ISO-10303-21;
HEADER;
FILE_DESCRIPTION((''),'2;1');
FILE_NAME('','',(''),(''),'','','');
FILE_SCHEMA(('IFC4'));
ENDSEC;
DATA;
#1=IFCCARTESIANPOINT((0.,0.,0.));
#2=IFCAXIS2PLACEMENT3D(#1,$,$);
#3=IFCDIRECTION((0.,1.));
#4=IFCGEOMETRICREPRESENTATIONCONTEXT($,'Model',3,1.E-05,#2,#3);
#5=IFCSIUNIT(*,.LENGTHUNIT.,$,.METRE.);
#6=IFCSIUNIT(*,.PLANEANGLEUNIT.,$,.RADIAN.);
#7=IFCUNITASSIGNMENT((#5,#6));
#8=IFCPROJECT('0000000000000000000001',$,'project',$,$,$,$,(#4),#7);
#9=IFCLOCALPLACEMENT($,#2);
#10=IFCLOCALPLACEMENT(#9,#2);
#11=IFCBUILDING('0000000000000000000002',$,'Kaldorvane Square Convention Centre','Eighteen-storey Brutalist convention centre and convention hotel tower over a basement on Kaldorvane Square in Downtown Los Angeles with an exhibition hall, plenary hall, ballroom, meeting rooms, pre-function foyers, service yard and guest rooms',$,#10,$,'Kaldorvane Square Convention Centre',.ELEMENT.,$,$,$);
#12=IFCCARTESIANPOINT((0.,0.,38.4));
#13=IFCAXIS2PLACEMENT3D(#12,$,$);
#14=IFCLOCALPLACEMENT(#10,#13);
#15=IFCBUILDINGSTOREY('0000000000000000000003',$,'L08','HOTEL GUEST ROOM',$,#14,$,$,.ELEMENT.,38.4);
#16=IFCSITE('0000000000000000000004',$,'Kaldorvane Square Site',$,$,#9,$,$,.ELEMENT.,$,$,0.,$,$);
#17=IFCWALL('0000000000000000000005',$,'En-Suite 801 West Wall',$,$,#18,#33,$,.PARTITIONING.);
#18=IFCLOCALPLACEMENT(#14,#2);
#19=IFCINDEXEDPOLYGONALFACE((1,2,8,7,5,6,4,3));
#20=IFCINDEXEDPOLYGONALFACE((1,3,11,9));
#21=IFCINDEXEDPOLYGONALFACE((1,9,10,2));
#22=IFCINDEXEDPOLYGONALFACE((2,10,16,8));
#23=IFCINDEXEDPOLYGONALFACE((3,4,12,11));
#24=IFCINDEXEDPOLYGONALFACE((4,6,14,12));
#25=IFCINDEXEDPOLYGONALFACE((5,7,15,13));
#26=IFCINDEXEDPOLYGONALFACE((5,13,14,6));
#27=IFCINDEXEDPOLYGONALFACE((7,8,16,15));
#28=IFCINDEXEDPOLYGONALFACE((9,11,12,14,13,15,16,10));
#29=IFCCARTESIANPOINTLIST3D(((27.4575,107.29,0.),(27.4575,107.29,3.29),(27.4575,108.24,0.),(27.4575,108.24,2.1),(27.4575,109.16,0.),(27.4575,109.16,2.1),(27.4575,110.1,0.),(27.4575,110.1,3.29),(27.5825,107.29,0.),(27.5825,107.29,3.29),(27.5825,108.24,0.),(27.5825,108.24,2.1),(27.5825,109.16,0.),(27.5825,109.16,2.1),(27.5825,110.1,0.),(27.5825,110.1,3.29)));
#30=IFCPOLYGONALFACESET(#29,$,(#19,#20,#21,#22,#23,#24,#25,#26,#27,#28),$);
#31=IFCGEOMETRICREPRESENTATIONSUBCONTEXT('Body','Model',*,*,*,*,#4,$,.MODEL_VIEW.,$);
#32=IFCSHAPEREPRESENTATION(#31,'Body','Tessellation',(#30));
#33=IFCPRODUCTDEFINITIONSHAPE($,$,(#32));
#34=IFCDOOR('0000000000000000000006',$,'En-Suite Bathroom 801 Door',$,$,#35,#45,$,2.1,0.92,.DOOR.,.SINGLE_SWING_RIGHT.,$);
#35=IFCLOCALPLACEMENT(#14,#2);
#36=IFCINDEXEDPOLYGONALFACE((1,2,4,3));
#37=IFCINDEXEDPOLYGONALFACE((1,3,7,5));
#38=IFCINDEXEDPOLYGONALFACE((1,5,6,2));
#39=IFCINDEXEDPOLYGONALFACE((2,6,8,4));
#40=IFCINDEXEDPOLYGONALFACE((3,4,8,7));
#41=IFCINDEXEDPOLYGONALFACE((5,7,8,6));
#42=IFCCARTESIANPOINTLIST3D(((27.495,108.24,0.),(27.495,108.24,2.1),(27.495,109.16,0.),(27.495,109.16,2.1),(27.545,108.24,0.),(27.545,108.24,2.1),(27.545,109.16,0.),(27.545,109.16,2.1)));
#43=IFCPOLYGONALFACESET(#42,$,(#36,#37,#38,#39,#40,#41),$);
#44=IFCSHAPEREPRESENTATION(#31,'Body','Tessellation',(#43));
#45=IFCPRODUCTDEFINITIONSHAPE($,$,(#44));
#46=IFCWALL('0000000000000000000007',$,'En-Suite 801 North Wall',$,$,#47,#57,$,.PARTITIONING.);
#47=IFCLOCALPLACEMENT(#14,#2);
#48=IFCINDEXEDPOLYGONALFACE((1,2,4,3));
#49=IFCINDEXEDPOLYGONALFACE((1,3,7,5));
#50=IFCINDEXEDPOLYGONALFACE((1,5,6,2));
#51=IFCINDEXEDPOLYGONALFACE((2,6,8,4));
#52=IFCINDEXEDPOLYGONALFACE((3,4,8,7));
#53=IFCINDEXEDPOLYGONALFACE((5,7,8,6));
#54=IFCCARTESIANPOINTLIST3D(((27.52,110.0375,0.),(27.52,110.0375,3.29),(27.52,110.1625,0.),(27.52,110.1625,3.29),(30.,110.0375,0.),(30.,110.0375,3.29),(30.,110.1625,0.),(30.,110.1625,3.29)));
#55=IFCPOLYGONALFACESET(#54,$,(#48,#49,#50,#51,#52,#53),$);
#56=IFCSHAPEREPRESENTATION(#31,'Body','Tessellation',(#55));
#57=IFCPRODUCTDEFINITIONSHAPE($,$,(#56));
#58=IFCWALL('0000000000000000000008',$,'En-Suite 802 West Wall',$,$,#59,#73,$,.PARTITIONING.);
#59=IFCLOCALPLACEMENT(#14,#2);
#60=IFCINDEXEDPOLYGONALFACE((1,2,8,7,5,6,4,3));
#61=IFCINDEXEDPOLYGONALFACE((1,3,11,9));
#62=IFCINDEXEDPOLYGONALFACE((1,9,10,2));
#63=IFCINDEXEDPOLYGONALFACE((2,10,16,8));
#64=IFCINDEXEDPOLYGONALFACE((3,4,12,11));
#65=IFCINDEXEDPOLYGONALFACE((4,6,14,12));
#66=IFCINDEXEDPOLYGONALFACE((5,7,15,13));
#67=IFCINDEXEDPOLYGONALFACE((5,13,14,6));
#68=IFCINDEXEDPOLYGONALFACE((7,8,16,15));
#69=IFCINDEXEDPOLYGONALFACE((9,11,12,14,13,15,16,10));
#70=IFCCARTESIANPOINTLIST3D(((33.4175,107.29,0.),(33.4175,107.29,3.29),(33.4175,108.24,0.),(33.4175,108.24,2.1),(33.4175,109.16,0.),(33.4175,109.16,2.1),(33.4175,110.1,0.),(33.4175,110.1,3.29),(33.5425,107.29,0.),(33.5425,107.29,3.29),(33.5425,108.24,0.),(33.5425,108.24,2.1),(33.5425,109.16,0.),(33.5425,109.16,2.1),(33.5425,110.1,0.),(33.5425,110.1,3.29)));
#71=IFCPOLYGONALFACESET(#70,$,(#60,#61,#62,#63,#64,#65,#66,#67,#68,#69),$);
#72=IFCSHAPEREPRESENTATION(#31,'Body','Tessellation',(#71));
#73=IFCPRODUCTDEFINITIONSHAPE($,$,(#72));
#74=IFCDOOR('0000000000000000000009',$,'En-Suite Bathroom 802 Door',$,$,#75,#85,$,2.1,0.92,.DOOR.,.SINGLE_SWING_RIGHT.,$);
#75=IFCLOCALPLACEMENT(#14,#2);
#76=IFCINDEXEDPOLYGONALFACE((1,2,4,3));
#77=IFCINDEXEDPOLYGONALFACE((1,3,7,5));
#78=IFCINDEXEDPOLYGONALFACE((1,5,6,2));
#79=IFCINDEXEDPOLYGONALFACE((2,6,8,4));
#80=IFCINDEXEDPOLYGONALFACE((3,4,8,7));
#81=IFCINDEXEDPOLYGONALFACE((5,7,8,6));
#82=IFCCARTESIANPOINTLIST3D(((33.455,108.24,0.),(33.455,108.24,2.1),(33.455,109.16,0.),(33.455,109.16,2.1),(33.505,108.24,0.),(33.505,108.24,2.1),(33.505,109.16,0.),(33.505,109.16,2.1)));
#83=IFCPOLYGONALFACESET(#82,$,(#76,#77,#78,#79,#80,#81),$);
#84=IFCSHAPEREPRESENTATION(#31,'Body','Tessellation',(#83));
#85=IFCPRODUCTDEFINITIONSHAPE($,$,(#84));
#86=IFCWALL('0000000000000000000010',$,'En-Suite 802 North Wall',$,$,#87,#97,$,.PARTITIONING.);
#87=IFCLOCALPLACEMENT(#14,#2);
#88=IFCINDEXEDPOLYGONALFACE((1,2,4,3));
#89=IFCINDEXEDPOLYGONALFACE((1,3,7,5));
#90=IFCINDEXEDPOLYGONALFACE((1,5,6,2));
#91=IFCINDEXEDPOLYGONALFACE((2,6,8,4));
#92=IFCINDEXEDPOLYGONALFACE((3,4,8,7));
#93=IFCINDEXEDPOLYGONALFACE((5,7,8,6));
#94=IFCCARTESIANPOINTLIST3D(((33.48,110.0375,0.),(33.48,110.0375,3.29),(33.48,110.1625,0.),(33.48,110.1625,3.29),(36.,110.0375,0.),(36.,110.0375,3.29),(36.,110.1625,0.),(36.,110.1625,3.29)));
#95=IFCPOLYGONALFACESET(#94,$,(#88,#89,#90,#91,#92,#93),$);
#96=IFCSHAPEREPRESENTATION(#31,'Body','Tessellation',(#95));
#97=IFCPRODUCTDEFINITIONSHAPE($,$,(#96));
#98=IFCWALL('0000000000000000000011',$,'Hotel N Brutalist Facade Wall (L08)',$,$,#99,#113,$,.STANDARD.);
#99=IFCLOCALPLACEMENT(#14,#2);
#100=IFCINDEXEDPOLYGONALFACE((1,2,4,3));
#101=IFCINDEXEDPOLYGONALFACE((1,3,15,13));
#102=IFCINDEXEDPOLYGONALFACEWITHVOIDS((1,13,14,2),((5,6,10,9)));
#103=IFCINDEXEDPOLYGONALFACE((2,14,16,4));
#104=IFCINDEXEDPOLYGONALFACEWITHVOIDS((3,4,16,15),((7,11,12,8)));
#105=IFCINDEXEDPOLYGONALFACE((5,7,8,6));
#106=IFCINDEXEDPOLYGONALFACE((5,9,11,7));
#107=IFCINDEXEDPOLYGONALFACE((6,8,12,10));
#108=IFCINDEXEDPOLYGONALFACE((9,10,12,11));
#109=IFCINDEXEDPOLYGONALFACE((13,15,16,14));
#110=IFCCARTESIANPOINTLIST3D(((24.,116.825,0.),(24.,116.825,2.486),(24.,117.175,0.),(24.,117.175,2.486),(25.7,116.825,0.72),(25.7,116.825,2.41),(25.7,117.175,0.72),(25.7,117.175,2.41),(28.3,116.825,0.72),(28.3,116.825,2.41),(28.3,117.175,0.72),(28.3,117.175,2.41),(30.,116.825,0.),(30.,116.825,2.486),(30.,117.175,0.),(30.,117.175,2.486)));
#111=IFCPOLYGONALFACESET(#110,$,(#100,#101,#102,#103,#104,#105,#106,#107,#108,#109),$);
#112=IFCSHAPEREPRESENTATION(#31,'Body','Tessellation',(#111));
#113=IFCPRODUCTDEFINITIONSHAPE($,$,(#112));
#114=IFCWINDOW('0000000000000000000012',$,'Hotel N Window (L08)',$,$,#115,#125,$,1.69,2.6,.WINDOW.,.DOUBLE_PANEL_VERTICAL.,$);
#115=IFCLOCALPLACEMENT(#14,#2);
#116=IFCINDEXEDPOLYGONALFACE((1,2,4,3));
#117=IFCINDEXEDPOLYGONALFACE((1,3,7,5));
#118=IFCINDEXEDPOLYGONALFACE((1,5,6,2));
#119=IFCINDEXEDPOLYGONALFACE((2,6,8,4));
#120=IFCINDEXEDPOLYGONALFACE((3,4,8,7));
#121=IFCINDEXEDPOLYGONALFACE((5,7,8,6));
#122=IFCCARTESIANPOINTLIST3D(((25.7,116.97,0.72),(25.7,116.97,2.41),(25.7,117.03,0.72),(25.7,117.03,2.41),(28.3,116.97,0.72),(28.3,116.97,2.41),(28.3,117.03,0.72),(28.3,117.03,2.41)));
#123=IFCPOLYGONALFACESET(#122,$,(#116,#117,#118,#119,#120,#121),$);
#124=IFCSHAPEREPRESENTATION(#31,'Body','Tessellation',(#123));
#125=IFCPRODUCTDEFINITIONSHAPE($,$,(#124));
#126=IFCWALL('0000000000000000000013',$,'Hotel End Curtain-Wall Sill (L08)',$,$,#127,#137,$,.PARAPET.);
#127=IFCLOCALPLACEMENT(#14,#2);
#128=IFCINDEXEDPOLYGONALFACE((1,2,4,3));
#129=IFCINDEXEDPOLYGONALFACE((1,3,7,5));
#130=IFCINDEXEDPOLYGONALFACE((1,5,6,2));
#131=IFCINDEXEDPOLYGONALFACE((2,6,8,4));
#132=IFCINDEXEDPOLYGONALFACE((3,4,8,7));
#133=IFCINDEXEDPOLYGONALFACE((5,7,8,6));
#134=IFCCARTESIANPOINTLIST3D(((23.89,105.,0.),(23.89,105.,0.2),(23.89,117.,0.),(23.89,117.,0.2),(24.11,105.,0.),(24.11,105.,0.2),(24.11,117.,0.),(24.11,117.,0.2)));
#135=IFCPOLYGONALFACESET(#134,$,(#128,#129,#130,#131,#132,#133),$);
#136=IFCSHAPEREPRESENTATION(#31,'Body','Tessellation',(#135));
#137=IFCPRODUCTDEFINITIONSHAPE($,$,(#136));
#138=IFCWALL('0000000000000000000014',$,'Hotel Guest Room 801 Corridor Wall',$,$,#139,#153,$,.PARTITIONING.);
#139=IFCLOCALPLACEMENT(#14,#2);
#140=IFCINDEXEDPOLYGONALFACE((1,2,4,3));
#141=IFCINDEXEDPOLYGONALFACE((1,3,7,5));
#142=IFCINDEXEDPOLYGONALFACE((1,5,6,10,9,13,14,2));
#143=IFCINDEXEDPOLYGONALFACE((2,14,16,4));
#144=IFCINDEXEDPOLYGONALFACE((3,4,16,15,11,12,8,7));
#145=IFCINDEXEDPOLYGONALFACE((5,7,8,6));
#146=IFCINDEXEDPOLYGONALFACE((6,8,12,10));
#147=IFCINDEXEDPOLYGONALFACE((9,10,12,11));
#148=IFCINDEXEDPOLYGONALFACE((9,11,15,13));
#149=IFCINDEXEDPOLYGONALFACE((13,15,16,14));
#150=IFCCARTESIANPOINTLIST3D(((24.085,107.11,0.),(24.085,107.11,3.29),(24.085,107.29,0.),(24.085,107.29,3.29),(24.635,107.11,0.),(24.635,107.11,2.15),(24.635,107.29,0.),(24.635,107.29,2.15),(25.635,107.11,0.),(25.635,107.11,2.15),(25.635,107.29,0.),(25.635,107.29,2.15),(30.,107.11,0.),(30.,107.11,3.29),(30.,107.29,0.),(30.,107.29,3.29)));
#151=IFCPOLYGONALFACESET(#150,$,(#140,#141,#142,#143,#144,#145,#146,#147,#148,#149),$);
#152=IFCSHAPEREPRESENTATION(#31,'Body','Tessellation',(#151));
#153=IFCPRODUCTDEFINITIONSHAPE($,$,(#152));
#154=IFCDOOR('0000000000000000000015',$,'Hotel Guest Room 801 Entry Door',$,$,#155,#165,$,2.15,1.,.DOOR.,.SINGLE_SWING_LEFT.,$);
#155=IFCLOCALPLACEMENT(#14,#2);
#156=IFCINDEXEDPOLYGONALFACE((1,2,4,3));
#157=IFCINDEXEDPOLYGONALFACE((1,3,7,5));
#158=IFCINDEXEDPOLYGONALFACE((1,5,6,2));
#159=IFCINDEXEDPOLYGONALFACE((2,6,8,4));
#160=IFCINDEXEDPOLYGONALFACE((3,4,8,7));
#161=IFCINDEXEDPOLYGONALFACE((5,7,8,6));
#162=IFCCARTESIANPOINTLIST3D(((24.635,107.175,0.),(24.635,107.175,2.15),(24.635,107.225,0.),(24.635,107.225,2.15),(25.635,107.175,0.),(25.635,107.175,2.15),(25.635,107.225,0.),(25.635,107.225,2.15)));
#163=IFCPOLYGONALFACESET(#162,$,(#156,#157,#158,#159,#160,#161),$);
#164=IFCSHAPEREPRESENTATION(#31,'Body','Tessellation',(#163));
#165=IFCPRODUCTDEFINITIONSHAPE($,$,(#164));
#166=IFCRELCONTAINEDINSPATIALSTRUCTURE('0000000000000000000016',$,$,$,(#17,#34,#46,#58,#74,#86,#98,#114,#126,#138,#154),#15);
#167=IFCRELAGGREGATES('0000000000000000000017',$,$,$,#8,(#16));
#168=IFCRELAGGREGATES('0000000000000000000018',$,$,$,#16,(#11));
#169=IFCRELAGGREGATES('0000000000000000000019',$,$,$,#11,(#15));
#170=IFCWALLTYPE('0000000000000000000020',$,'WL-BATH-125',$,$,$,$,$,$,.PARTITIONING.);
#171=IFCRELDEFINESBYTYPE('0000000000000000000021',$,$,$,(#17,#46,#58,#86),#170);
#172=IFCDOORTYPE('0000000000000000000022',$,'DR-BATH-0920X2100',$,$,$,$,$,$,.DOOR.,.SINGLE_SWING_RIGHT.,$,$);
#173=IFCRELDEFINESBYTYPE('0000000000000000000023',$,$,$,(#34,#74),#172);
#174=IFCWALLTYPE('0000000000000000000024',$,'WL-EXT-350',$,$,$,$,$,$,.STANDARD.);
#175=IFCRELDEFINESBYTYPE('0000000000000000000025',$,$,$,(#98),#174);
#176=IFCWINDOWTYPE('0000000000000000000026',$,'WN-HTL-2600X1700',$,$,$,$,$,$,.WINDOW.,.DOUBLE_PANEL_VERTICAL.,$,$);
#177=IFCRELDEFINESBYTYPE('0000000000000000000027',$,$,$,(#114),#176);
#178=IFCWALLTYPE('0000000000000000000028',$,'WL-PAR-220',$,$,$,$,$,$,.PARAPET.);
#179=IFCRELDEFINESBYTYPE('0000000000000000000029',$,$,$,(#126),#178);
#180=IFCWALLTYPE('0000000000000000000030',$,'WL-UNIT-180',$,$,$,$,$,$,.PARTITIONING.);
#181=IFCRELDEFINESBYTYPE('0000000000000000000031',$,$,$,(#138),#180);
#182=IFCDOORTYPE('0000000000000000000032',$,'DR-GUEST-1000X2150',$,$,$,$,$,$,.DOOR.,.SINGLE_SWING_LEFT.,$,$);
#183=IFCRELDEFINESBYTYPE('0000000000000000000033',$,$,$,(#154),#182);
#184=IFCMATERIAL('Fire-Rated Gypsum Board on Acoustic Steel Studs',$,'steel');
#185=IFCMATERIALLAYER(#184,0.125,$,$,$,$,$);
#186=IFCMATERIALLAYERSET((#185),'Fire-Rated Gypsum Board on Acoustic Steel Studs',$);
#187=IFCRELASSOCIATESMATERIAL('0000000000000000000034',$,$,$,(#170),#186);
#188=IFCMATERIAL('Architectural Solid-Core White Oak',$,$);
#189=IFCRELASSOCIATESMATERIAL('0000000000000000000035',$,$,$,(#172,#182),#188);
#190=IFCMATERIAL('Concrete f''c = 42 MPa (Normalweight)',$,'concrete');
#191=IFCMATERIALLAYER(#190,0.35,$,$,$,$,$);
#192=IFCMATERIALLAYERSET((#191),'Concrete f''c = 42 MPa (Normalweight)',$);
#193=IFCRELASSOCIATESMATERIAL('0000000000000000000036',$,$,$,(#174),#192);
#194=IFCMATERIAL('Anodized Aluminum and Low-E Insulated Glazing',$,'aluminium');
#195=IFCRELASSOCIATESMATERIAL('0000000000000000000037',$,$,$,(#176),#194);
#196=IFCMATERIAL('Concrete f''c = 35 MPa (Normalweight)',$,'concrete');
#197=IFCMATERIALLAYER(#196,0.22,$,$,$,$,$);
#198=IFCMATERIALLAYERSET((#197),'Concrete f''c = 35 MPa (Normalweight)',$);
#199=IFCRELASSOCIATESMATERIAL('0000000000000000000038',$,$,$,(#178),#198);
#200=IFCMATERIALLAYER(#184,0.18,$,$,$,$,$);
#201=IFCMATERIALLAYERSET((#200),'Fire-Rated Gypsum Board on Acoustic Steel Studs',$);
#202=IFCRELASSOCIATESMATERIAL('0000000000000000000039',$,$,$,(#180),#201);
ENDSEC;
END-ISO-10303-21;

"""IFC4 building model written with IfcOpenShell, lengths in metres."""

from ifc_helpers import new_model, si_unit, direction, frame, frame_2d, origin, place, context, subcontext, project, spatial, rectangle, extrude, material, layer, layer_set, type_object, element, fill, save


model = new_model("IFC4")

# Units and contexts
model_context = context("Model", 3, precision=1e-05, world=origin(), true_north=direction((0.0, 1.0)))
body_context = subcontext(model_context, "Body", "Model", "MODEL_VIEW")
ifc_project = project(units=[si_unit("LENGTHUNIT", "METRE"), si_unit("PLANEANGLEUNIT", "RADIAN")], contexts=[model_context])

# Site, building, storey
site_placement = place(None, origin())
site = spatial("IfcSite", under=ifc_project, at=site_placement, Name="Kaldorvane Square Site", CompositionType="ELEMENT", RefElevation=0.0)
building_placement = place(site_placement, origin())
building = spatial("IfcBuilding", under=site, at=building_placement, Name="Kaldorvane Square Convention Centre", Description="Eighteen-storey Brutalist convention centre and convention hotel tower over a basement on Kaldorvane Square in Downtown Los Angeles with an exhibition hall, plenary hall, ballroom, meeting rooms, pre-function foyers, service yard and guest rooms", LongName="Kaldorvane Square Convention Centre", CompositionType="ELEMENT")
storey_placement = place(building_placement, frame((0.0, 0.0, 38.4)))
storey = spatial("IfcBuildingStorey", under=building, at=storey_placement, Name="L08", Description="HOTEL GUEST ROOM", CompositionType="ELEMENT", Elevation=38.4)

# Shared definitions
ifc_material_1 = material(Name="Concrete f'c = 42 MPa (Normalweight)", Category="concrete")

# Shared definitions
ifc_material_2 = material(Name="Anodized Aluminum and Low-E Insulated Glazing", Category="aluminium")

# Wall, opening, door
ifc_material_3 = material(Name="Fire-Rated Gypsum Board on Acoustic Steel Studs", Category="steel")
ifc_layer_1 = layer(ifc_material_3, 0.125)
ifc_layer_set_1 = layer_set([ifc_layer_1], Name="Fire-Rated Gypsum Board on Acoustic Steel Studs")
wall_type_1 = type_object("IfcWallType", Name="WL-BATH-125", PredefinedType="PARTITIONING", material=ifc_layer_set_1)
wall_1_placement = place(storey_placement, frame((27.52, 107.29, 0.0), z_axis=(0.0, 0.0, 1.0), x_axis=(0.0, 1.0, 0.0)))
wall_1 = element("IfcWall", 1, at=wall_1_placement, inside=storey, type_object=wall_type_1, Name="En-Suite 801 West Wall", PredefinedType="PARTITIONING", context=body_context, shape_type="SweptSolid", body=[
    extrude(rectangle(XDim=2.81, YDim=0.125, at=frame_2d((1.405, 0.0))), origin(), (0.0, 0.0, 1.0), 3.29),
])
opening_1_placement = place(wall_1_placement, frame((0.95, 0.0, 0.0)))
opening_1 = element("IfcOpeningElement", 2, at=opening_1_placement, cuts=wall_1, PredefinedType="OPENING", context=body_context, shape_type="SweptSolid", body=[
    extrude(rectangle(XDim=0.92, YDim=2.1, at=frame_2d((0.46, 1.05))), frame((0.0, 0.0775, 0.0), z_axis=(0.0, -1.0, 0.0), x_axis=(1.0, 0.0, 0.0)), (0.0, 0.0, 1.0), 0.155),
])
ifc_material_4 = material(Name="Architectural Solid-Core White Oak")
door_type_1 = type_object("IfcDoorType", Name="DR-BATH-0920X2100", OperationType="SINGLE_SWING_RIGHT", PredefinedType="DOOR", material=ifc_material_4)
door_1_placement = place(opening_1_placement, origin())
door_1 = element("IfcDoor", 3, at=door_1_placement, inside=storey, type_object=door_type_1, Name="En-Suite Bathroom 801 Door", OperationType="SINGLE_SWING_RIGHT", OverallHeight=2.1, OverallWidth=0.92, PredefinedType="DOOR", context=body_context, shape_type="SweptSolid", body=[
    extrude(rectangle(XDim=0.92, YDim=2.1, at=frame_2d((0.46, 1.05))), frame((0.0, 0.025, 0.0), z_axis=(0.0, -1.0, 0.0), x_axis=(1.0, 0.0, 0.0)), (0.0, 0.0, 1.0), 0.05),
])
fill(opening_1, door_1)

# Wall
wall_2_placement = place(storey_placement, frame((27.52, 110.1, 0.0), z_axis=(0.0, 0.0, 1.0), x_axis=(1.0, 0.0, 0.0)))
element("IfcWall", 4, at=wall_2_placement, inside=storey, type_object=wall_type_1, Name="En-Suite 801 North Wall", PredefinedType="PARTITIONING", context=body_context, shape_type="SweptSolid", body=[
    extrude(rectangle(XDim=2.48, YDim=0.125, at=frame_2d((1.24, 0.0))), origin(), (0.0, 0.0, 1.0), 3.29),
])

# Wall, opening, door
wall_3_placement = place(storey_placement, frame((33.48, 107.29, 0.0), z_axis=(0.0, 0.0, 1.0), x_axis=(0.0, 1.0, 0.0)))
wall_3 = element("IfcWall", 5, at=wall_3_placement, inside=storey, type_object=wall_type_1, Name="En-Suite 802 West Wall", PredefinedType="PARTITIONING", context=body_context, shape_type="SweptSolid", body=[
    extrude(rectangle(XDim=2.81, YDim=0.125, at=frame_2d((1.405, 0.0))), origin(), (0.0, 0.0, 1.0), 3.29),
])
opening_2_placement = place(wall_3_placement, frame((0.95, 0.0, 0.0)))
opening_2 = element("IfcOpeningElement", 6, at=opening_2_placement, cuts=wall_3, PredefinedType="OPENING", context=body_context, shape_type="SweptSolid", body=[
    extrude(rectangle(XDim=0.92, YDim=2.1, at=frame_2d((0.46, 1.05))), frame((0.0, 0.0775, 0.0), z_axis=(0.0, -1.0, 0.0), x_axis=(1.0, 0.0, 0.0)), (0.0, 0.0, 1.0), 0.155),
])
door_2_placement = place(opening_2_placement, origin())
door_2 = element("IfcDoor", 7, at=door_2_placement, inside=storey, type_object=door_type_1, Name="En-Suite Bathroom 802 Door", OperationType="SINGLE_SWING_RIGHT", OverallHeight=2.1, OverallWidth=0.92, PredefinedType="DOOR", context=body_context, shape_type="SweptSolid", body=[
    extrude(rectangle(XDim=0.92, YDim=2.1, at=frame_2d((0.46, 1.05))), frame((0.0, 0.025, 0.0), z_axis=(0.0, -1.0, 0.0), x_axis=(1.0, 0.0, 0.0)), (0.0, 0.0, 1.0), 0.05),
])
fill(opening_2, door_2)

# Wall
wall_4_placement = place(storey_placement, frame((33.48, 110.1, 0.0), z_axis=(0.0, 0.0, 1.0), x_axis=(1.0, 0.0, 0.0)))
element("IfcWall", 8, at=wall_4_placement, inside=storey, type_object=wall_type_1, Name="En-Suite 802 North Wall", PredefinedType="PARTITIONING", context=body_context, shape_type="SweptSolid", body=[
    extrude(rectangle(XDim=2.52, YDim=0.125, at=frame_2d((1.26, 0.0))), origin(), (0.0, 0.0, 1.0), 3.29),
])

# Wall, opening, window
ifc_layer_2 = layer(ifc_material_1, 0.35)
ifc_layer_set_2 = layer_set([ifc_layer_2], Name="Concrete f'c = 42 MPa (Normalweight)")
wall_type_2 = type_object("IfcWallType", Name="WL-EXT-350", PredefinedType="STANDARD", material=ifc_layer_set_2)
wall_5_placement = place(storey_placement, frame((30.0, 117.0, 0.0), z_axis=(0.0, 0.0, 1.0), x_axis=(-1.0, 0.0, 0.0)))
wall_5 = element("IfcWall", 9, at=wall_5_placement, inside=storey, type_object=wall_type_2, Name="Hotel N Brutalist Facade Wall (L08)", PredefinedType="STANDARD", context=body_context, shape_type="SweptSolid", body=[
    extrude(rectangle(XDim=6.0, YDim=0.35, at=frame_2d((3.0, 0.0))), origin(), (0.0, 0.0, 1.0), 2.486),
])
opening_3_placement = place(wall_5_placement, frame((1.7, 0.0, 0.72)))
opening_3 = element("IfcOpeningElement", 10, at=opening_3_placement, cuts=wall_5, PredefinedType="OPENING", context=body_context, shape_type="SweptSolid", body=[
    extrude(rectangle(XDim=2.6, YDim=1.69, at=frame_2d((1.3, 0.845))), frame((0.0, 0.19, 0.0), z_axis=(0.0, -1.0, 0.0), x_axis=(1.0, 0.0, 0.0)), (0.0, 0.0, 1.0), 0.38),
])
window_type = type_object("IfcWindowType", Name="WN-HTL-2600X1700", PartitioningType="DOUBLE_PANEL_VERTICAL", PredefinedType="WINDOW", material=ifc_material_2)
window_placement = place(opening_3_placement, origin())
window = element("IfcWindow", 11, at=window_placement, inside=storey, type_object=window_type, Name="Hotel N Window (L08)", OverallHeight=1.69, OverallWidth=2.6, PartitioningType="DOUBLE_PANEL_VERTICAL", PredefinedType="WINDOW", context=body_context, shape_type="SweptSolid", body=[
    extrude(rectangle(XDim=2.6, YDim=1.69, at=frame_2d((1.3, 0.845))), frame((0.0, 0.03, 0.0), z_axis=(0.0, -1.0, 0.0), x_axis=(1.0, 0.0, 0.0)), (0.0, 0.0, 1.0), 0.06),
])
fill(opening_3, window)

# Wall
ifc_material_5 = material(Name="Concrete f'c = 35 MPa (Normalweight)", Category="concrete")
ifc_layer_3 = layer(ifc_material_5, 0.22)
ifc_layer_set_3 = layer_set([ifc_layer_3], Name="Concrete f'c = 35 MPa (Normalweight)")
wall_type_3 = type_object("IfcWallType", Name="WL-PAR-220", PredefinedType="PARAPET", material=ifc_layer_set_3)
wall_6_placement = place(storey_placement, frame((24.0, 117.0, 0.0), z_axis=(0.0, 0.0, 1.0), x_axis=(0.0, -1.0, 0.0)))
element("IfcWall", 12, at=wall_6_placement, inside=storey, type_object=wall_type_3, Name="Hotel End Curtain-Wall Sill (L08)", PredefinedType="PARAPET", context=body_context, shape_type="SweptSolid", body=[
    extrude(rectangle(XDim=12.0, YDim=0.22, at=frame_2d((6.0, 0.0))), origin(), (0.0, 0.0, 1.0), 0.2),
])

# Wall, opening, door
ifc_layer_4 = layer(ifc_material_3, 0.18)
ifc_layer_set_4 = layer_set([ifc_layer_4], Name="Fire-Rated Gypsum Board on Acoustic Steel Studs")
wall_type_4 = type_object("IfcWallType", Name="WL-UNIT-180", PredefinedType="PARTITIONING", material=ifc_layer_set_4)
wall_7_placement = place(storey_placement, frame((24.085, 107.2, 0.0), z_axis=(0.0, 0.0, 1.0), x_axis=(1.0, 0.0, 0.0)))
wall_7 = element("IfcWall", 13, at=wall_7_placement, inside=storey, type_object=wall_type_4, Name="Hotel Guest Room 801 Corridor Wall", PredefinedType="PARTITIONING", context=body_context, shape_type="SweptSolid", body=[
    extrude(rectangle(XDim=5.915, YDim=0.18, at=frame_2d((2.9575, 0.0))), origin(), (0.0, 0.0, 1.0), 3.29),
])
opening_4_placement = place(wall_7_placement, frame((0.55, 0.0, 0.0)))
opening_4 = element("IfcOpeningElement", 14, at=opening_4_placement, cuts=wall_7, PredefinedType="OPENING", context=body_context, shape_type="SweptSolid", body=[
    extrude(rectangle(XDim=1.0, YDim=2.15, at=frame_2d((0.5, 1.075))), frame((0.0, 0.105, 0.0), z_axis=(0.0, -1.0, 0.0), x_axis=(1.0, 0.0, 0.0)), (0.0, 0.0, 1.0), 0.21),
])
door_type_2 = type_object("IfcDoorType", Name="DR-GUEST-1000X2150", OperationType="SINGLE_SWING_LEFT", PredefinedType="DOOR", material=ifc_material_4)
door_3_placement = place(opening_4_placement, origin())
door_3 = element("IfcDoor", 15, at=door_3_placement, inside=storey, type_object=door_type_2, Name="Hotel Guest Room 801 Entry Door", OperationType="SINGLE_SWING_LEFT", OverallHeight=2.15, OverallWidth=1.0, PredefinedType="DOOR", context=body_context, shape_type="SweptSolid", body=[
    extrude(rectangle(XDim=1.0, YDim=2.15, at=frame_2d((0.5, 1.075))), frame((0.0, 0.025, 0.0), z_axis=(0.0, -1.0, 0.0), x_axis=(1.0, 0.0, 0.0)), (0.0, 0.0, 1.0), 0.05),
])
fill(opening_4, door_3)

save(model, "model.ifc")
